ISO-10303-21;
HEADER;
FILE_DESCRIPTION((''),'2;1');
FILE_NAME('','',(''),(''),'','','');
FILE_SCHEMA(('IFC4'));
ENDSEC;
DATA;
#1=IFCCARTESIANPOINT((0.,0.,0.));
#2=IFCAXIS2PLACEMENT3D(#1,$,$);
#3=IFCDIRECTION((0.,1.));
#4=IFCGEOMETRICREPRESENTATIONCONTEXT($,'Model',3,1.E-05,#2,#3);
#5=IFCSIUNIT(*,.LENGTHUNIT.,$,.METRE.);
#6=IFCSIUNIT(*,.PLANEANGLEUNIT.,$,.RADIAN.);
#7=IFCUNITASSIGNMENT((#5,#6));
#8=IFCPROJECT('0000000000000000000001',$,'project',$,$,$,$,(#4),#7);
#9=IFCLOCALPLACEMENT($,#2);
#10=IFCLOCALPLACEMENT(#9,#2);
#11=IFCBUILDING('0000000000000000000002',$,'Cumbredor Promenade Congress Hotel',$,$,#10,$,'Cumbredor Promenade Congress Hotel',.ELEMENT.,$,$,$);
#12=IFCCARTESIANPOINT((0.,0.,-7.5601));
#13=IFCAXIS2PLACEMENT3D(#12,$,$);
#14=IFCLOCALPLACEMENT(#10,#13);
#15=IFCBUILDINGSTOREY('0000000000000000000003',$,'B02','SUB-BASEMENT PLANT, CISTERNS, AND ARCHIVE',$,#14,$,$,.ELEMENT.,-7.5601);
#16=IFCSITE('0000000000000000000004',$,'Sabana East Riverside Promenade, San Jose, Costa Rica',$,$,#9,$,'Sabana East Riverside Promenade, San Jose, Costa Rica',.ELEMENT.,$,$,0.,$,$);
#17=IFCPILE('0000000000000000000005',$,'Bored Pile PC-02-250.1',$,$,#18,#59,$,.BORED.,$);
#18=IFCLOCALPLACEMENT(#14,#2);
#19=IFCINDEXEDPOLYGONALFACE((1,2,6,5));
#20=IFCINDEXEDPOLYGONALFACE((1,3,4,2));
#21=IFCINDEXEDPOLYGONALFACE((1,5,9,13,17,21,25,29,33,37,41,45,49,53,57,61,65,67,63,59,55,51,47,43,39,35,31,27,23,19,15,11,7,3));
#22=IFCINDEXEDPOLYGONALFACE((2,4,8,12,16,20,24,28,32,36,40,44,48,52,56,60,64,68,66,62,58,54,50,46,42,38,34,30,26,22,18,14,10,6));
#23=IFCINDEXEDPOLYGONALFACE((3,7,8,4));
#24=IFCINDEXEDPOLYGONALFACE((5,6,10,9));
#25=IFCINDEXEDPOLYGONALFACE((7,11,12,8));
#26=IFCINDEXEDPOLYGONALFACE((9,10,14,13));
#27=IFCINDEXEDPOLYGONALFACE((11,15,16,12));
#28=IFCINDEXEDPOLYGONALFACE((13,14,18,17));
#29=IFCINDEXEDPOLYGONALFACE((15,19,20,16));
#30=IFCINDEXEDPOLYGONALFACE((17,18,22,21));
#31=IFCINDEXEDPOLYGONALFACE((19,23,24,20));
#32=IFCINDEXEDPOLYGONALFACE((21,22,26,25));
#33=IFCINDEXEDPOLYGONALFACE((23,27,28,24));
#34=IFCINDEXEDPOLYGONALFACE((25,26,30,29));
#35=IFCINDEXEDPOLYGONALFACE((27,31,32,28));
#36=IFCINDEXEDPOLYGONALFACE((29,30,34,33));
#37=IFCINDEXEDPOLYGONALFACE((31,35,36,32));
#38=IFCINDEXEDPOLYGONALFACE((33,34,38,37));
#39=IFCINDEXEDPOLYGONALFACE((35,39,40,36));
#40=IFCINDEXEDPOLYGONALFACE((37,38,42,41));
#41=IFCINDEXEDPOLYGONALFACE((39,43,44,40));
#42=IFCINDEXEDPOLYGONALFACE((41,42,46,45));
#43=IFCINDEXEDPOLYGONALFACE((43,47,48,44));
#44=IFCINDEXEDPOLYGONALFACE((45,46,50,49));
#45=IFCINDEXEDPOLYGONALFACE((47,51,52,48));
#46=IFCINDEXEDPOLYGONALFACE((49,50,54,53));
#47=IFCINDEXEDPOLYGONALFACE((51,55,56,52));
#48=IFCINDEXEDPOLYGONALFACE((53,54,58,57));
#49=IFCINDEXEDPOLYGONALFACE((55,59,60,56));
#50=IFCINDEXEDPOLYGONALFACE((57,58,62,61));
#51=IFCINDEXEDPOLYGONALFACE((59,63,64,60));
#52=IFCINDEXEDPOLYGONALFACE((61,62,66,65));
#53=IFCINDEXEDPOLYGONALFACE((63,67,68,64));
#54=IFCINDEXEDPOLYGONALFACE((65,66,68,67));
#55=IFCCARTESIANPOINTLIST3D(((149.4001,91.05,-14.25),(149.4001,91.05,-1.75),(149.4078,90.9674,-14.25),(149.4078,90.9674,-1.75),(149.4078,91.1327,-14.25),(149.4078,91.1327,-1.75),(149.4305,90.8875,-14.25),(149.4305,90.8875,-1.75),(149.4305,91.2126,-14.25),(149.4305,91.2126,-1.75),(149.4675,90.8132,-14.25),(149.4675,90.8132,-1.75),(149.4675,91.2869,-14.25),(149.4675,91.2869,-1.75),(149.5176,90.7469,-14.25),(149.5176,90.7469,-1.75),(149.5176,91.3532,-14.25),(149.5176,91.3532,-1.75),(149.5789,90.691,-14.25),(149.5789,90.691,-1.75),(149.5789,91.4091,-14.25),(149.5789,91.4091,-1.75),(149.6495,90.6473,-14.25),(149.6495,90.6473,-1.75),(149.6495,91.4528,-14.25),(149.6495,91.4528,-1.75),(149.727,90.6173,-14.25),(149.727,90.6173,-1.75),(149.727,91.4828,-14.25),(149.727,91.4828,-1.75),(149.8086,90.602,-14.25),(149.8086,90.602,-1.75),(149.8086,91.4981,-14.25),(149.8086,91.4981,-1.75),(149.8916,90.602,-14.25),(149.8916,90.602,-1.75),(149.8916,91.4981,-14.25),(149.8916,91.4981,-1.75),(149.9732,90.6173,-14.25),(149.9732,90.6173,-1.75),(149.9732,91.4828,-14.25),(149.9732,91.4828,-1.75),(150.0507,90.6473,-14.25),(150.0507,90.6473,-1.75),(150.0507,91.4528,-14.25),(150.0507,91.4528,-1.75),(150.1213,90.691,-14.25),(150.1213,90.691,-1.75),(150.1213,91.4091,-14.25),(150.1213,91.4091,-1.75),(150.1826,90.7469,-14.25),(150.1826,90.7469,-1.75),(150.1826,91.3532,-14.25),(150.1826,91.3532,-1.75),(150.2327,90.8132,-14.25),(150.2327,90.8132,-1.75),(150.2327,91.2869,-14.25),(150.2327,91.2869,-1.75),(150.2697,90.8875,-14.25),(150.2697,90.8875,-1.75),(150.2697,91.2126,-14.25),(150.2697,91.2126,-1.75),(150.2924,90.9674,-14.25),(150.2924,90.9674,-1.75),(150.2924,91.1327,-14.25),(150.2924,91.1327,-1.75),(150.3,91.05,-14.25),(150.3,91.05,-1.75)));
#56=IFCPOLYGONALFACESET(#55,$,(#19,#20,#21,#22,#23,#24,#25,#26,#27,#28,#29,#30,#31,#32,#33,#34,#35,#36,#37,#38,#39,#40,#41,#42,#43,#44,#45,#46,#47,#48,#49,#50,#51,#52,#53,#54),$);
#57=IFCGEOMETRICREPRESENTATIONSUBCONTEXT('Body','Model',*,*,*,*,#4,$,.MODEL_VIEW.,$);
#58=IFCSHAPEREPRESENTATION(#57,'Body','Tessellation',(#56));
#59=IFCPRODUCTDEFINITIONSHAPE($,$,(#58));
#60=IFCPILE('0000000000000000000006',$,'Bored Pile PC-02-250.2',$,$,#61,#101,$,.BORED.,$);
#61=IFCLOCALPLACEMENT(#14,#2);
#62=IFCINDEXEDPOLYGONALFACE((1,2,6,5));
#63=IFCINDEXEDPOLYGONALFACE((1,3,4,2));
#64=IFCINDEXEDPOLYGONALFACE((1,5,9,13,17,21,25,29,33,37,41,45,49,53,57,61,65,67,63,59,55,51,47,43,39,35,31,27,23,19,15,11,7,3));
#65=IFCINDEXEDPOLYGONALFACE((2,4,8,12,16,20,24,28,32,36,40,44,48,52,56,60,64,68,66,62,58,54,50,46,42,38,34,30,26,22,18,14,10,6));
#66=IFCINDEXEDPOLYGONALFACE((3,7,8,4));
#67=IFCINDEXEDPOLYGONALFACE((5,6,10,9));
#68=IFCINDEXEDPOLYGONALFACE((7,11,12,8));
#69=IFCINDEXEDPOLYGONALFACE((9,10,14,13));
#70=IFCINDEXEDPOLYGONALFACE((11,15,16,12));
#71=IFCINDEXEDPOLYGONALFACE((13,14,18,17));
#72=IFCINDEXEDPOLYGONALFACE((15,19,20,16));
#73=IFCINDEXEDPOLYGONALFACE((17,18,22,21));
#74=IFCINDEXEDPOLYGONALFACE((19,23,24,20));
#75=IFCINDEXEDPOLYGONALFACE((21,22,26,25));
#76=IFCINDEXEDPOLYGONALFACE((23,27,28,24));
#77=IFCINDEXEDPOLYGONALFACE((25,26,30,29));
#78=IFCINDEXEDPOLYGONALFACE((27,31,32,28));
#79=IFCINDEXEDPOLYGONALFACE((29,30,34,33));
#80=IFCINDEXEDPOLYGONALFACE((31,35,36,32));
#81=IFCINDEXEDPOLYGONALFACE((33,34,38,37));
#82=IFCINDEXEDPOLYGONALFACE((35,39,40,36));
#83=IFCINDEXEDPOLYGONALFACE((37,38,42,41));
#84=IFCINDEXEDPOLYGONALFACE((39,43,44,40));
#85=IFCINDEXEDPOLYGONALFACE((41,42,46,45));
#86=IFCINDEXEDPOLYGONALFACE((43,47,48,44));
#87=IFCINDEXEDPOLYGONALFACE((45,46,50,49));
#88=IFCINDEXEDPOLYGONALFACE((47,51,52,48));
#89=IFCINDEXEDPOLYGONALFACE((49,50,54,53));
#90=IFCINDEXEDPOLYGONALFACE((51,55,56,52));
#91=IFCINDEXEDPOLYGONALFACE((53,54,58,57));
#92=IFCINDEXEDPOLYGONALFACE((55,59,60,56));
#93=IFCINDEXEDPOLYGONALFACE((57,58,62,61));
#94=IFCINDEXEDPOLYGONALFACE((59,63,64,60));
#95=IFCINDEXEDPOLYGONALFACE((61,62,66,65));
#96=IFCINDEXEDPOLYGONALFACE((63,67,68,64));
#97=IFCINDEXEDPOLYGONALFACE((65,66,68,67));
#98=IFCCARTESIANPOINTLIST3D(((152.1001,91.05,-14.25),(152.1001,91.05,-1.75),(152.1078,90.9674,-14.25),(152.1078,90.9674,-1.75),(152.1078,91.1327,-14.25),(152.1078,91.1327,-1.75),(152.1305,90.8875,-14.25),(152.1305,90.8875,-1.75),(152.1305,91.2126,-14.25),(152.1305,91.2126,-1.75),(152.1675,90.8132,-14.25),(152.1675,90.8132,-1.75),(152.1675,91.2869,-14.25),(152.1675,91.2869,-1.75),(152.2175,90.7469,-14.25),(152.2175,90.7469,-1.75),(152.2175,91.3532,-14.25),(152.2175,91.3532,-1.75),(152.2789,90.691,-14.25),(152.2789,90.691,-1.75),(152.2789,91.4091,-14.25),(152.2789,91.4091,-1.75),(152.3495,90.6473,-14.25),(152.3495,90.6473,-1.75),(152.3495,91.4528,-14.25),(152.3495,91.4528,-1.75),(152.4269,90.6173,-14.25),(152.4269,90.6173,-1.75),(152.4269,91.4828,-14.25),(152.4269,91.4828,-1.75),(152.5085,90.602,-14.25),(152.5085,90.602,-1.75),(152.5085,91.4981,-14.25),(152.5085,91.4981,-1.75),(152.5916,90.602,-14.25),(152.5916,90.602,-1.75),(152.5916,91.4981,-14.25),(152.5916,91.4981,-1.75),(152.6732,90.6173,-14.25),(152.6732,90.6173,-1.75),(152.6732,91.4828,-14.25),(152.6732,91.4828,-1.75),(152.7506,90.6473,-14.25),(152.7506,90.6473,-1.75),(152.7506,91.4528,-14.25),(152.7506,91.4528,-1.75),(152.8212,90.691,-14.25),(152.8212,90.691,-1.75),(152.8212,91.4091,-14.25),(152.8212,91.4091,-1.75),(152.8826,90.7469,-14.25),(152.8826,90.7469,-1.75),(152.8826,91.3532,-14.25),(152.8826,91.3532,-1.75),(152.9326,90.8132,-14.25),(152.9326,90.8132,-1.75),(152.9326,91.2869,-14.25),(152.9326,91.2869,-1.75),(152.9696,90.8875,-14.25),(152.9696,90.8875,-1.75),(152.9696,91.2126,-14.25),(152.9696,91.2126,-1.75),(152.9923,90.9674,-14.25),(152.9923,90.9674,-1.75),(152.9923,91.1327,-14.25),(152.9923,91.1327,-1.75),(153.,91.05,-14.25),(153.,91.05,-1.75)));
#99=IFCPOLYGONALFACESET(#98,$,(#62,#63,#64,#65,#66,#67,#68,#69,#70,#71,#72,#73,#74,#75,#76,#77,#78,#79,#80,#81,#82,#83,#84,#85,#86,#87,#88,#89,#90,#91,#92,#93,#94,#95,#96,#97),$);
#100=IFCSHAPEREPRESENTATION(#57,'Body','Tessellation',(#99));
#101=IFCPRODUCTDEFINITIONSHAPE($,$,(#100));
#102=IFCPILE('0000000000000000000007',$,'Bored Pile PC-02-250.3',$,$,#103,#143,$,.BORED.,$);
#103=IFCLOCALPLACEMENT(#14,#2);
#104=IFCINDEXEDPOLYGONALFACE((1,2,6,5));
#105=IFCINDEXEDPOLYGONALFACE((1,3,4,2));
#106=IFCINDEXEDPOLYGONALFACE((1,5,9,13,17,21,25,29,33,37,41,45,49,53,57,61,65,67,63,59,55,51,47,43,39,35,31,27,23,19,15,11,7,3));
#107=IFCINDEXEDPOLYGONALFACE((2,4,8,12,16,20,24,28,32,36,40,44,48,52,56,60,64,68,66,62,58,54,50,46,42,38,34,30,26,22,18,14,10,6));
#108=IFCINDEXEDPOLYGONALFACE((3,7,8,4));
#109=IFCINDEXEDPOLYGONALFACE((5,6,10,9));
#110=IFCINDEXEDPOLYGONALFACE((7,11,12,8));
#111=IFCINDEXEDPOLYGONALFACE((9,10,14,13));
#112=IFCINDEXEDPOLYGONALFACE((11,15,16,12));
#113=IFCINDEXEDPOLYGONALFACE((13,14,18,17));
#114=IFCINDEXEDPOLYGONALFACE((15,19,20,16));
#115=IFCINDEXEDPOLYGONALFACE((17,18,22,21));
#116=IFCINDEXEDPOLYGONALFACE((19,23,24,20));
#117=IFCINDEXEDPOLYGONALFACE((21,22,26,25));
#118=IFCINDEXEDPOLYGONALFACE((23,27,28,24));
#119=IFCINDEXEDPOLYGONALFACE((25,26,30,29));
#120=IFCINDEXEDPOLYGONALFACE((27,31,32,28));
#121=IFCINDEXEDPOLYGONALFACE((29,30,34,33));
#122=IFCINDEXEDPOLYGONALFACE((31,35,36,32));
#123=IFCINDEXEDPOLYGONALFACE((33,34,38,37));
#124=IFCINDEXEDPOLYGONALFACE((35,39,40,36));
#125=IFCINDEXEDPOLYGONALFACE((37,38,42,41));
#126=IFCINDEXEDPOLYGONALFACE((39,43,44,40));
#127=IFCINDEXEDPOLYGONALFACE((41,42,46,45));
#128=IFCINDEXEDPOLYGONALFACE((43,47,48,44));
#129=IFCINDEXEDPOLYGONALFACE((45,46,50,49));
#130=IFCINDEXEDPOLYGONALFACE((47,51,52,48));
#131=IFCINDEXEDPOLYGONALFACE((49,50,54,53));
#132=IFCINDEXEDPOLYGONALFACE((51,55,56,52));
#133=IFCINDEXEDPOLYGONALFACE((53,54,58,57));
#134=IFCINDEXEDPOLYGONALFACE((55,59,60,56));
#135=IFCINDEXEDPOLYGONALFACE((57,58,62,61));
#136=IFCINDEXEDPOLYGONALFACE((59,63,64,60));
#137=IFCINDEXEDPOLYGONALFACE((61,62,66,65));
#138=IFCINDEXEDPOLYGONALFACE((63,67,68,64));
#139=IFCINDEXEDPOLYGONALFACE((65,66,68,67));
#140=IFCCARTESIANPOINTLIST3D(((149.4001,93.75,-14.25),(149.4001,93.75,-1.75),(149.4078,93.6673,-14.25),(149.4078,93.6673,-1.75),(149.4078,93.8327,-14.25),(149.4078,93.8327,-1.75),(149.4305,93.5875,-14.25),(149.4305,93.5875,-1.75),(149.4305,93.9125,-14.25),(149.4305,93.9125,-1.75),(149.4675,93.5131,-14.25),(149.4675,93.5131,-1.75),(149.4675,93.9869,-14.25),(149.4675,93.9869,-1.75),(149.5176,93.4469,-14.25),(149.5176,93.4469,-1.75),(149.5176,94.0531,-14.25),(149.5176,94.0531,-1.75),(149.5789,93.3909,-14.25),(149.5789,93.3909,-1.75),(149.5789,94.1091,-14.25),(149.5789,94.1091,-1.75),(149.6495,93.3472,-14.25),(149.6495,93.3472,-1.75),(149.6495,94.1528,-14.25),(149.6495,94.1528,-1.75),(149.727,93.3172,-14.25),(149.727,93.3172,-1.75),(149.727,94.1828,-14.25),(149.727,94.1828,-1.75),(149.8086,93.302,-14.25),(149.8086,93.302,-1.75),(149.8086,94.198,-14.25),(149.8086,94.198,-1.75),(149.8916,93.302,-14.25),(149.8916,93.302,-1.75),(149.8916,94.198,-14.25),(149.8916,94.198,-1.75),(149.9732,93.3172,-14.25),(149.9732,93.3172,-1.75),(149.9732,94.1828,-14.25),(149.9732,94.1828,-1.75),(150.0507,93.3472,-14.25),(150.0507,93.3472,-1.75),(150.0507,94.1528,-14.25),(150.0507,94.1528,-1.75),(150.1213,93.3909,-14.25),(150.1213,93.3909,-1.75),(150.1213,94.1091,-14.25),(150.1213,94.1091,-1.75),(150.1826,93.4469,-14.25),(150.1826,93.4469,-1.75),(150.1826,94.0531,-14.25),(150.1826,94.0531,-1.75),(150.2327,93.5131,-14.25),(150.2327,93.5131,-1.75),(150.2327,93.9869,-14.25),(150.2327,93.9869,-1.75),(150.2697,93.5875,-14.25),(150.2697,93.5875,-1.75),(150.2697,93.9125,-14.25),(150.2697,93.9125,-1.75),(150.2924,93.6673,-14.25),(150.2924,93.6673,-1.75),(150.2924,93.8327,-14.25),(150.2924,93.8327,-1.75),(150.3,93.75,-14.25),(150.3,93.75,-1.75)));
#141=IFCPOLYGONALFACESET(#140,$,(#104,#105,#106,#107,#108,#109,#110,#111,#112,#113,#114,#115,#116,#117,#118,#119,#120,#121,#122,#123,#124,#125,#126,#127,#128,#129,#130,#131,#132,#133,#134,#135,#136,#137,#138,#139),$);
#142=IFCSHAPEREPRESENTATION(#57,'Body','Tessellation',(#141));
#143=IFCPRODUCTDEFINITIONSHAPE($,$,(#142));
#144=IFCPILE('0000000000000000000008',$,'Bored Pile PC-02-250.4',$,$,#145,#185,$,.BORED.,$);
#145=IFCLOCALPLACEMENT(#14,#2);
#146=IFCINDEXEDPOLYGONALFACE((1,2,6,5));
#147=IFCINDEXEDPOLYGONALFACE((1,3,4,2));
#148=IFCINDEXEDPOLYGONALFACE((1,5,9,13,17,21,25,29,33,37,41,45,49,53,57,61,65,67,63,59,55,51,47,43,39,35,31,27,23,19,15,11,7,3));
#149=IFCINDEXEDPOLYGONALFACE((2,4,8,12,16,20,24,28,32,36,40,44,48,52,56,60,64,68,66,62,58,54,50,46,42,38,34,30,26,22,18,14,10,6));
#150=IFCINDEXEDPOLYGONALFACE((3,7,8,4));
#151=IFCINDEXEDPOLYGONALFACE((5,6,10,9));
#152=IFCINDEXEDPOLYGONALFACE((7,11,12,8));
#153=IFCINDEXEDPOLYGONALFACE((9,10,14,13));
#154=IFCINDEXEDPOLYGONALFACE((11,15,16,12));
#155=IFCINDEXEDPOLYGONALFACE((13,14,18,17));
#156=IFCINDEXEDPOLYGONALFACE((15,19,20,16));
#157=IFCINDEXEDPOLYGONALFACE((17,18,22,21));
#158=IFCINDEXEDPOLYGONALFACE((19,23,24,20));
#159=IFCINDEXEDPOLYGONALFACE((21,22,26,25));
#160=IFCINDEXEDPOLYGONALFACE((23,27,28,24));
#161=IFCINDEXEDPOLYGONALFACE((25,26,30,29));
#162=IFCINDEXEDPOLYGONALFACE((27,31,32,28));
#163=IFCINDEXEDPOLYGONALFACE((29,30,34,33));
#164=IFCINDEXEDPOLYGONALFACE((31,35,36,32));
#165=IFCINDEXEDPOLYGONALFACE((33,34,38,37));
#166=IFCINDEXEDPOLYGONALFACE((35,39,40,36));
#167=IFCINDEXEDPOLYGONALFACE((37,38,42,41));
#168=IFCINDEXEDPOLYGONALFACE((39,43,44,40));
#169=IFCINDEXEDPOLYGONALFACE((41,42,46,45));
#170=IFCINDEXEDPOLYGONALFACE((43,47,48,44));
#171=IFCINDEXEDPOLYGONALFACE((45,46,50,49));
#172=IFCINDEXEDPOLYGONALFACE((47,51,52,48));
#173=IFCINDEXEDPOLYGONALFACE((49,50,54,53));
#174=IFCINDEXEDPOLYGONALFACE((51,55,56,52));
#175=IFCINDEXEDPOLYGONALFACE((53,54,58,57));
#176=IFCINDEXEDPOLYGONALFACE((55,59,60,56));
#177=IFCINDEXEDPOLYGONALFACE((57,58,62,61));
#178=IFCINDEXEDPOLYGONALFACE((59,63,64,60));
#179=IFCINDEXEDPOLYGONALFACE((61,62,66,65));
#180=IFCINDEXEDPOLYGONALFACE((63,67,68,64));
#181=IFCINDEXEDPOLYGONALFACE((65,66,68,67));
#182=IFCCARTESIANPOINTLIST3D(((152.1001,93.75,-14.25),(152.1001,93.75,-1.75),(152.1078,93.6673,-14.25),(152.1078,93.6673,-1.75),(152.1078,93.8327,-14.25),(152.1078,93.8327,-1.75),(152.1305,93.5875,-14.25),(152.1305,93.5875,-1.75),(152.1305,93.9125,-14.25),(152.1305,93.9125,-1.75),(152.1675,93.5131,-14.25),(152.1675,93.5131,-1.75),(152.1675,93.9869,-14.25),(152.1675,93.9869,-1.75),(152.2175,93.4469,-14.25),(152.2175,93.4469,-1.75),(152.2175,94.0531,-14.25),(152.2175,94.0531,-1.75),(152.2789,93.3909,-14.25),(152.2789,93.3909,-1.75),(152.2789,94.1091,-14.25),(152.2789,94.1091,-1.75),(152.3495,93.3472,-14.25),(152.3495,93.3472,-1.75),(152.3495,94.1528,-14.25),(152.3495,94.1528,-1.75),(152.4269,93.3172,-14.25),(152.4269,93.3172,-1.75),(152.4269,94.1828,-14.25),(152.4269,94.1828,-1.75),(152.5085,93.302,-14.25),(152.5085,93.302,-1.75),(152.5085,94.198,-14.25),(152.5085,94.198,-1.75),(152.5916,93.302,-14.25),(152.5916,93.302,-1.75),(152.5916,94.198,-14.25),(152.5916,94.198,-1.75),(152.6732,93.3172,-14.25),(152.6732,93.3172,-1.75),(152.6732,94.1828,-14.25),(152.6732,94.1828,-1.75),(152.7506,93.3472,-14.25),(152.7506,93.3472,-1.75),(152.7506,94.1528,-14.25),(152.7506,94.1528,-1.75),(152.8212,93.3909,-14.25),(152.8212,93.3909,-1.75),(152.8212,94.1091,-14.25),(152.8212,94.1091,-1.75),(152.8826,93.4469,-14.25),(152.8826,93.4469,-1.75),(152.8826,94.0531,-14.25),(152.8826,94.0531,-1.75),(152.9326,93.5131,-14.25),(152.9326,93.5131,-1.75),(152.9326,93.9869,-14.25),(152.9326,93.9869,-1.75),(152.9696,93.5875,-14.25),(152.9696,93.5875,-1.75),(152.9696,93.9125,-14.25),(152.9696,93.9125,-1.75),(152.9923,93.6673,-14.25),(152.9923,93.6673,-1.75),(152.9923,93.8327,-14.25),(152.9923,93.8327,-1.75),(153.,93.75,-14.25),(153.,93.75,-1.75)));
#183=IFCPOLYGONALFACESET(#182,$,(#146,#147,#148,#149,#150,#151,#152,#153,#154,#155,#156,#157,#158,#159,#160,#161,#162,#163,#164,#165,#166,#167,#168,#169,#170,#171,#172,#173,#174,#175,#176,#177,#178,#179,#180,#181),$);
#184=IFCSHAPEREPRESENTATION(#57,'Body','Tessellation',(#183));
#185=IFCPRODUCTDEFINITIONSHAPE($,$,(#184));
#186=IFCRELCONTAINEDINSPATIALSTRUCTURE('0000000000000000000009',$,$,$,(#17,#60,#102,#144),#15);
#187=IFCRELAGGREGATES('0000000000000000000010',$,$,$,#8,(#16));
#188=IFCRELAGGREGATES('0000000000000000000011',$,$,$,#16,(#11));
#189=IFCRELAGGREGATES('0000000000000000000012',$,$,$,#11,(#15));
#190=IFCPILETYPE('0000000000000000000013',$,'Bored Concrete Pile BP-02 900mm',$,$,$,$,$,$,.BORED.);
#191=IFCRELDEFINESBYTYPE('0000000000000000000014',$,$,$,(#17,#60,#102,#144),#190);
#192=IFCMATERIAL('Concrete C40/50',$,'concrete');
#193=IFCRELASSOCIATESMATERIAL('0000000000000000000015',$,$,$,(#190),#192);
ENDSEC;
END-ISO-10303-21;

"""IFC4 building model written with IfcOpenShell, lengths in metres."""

from ifc_helpers import new_model, si_unit, direction, frame, origin, origin_2d, place, context, subcontext, project, spatial, circle, extrude, material, material_profile, profile_set, type_object, element, save


model = new_model("IFC4")

# Units and contexts
model_context = context("Model", 3, precision=1e-05, world=origin(), true_north=direction((0.0, 1.0)))
body_context = subcontext(model_context, "Body", "Model", "MODEL_VIEW")
ifc_project = project(units=[si_unit("LENGTHUNIT", "METRE"), si_unit("PLANEANGLEUNIT", "RADIAN")], contexts=[model_context])

# Site, building, storey
site_placement = place(None, origin())
site = spatial("IfcSite", under=ifc_project, at=site_placement, Name="Sabana East Riverside Promenade, San Jose, Costa Rica", LongName="Sabana East Riverside Promenade, San Jose, Costa Rica", CompositionType="ELEMENT", RefElevation=0.0)
building_placement = place(site_placement, origin())
building = spatial("IfcBuilding", under=site, at=building_placement, Name="Cumbredor Promenade Congress Hotel", LongName="Cumbredor Promenade Congress Hotel", CompositionType="ELEMENT")
storey_placement = place(building_placement, frame((0.0, 0.0, -7.5601)))
storey = spatial("IfcBuildingStorey", under=building, at=storey_placement, Name="B02", Description="SUB-BASEMENT PLANT, CISTERNS, AND ARCHIVE", CompositionType="ELEMENT", Elevation=-7.5601)

# Piles
ifc_material_1 = material(Name="Concrete C40/50", Category="concrete")
ifc_material_profile_1 = material_profile(ifc_material_1, circle(Radius=0.45, at=origin_2d()), Name="PILE D900")
ifc_profile_set_1 = profile_set([ifc_material_profile_1], Name="Concrete C40/50")
pile_type = type_object("IfcPileType", Name="Bored Concrete Pile BP-02 900mm", PredefinedType="BORED", material=ifc_profile_set_1)
for number, where, z_axis, x_axis, name in (
    (1, (149.8501, 91.05, -1.75), (0.0, 0.0, -1.0), (1.0, 0.0, 0.0), "Bored Pile PC-02-250.1"),
    (2, (152.55, 91.05, -1.75), (0.0, 0.0, -1.0), (1.0, 0.0, 0.0), "Bored Pile PC-02-250.2"),
    (3, (149.8501, 93.75, -1.75), (0.0, 0.0, -1.0), (1.0, 0.0, 0.0), "Bored Pile PC-02-250.3"),
    (4, (152.55, 93.75, -1.75), (0.0, 0.0, -1.0), (1.0, 0.0, 0.0), "Bored Pile PC-02-250.4"),
):
    element("IfcPile", number, at=place(storey_placement, frame(where, z_axis=z_axis, x_axis=x_axis)), inside=storey, type_object=pile_type, Name=name, PredefinedType="BORED", context=body_context, shape_type="SweptSolid", body=[
        extrude(circle(Radius=0.45, at=origin_2d()), origin(), (0.0, 0.0, 1.0), 12.5),
    ])

save(model, "model.ifc")
